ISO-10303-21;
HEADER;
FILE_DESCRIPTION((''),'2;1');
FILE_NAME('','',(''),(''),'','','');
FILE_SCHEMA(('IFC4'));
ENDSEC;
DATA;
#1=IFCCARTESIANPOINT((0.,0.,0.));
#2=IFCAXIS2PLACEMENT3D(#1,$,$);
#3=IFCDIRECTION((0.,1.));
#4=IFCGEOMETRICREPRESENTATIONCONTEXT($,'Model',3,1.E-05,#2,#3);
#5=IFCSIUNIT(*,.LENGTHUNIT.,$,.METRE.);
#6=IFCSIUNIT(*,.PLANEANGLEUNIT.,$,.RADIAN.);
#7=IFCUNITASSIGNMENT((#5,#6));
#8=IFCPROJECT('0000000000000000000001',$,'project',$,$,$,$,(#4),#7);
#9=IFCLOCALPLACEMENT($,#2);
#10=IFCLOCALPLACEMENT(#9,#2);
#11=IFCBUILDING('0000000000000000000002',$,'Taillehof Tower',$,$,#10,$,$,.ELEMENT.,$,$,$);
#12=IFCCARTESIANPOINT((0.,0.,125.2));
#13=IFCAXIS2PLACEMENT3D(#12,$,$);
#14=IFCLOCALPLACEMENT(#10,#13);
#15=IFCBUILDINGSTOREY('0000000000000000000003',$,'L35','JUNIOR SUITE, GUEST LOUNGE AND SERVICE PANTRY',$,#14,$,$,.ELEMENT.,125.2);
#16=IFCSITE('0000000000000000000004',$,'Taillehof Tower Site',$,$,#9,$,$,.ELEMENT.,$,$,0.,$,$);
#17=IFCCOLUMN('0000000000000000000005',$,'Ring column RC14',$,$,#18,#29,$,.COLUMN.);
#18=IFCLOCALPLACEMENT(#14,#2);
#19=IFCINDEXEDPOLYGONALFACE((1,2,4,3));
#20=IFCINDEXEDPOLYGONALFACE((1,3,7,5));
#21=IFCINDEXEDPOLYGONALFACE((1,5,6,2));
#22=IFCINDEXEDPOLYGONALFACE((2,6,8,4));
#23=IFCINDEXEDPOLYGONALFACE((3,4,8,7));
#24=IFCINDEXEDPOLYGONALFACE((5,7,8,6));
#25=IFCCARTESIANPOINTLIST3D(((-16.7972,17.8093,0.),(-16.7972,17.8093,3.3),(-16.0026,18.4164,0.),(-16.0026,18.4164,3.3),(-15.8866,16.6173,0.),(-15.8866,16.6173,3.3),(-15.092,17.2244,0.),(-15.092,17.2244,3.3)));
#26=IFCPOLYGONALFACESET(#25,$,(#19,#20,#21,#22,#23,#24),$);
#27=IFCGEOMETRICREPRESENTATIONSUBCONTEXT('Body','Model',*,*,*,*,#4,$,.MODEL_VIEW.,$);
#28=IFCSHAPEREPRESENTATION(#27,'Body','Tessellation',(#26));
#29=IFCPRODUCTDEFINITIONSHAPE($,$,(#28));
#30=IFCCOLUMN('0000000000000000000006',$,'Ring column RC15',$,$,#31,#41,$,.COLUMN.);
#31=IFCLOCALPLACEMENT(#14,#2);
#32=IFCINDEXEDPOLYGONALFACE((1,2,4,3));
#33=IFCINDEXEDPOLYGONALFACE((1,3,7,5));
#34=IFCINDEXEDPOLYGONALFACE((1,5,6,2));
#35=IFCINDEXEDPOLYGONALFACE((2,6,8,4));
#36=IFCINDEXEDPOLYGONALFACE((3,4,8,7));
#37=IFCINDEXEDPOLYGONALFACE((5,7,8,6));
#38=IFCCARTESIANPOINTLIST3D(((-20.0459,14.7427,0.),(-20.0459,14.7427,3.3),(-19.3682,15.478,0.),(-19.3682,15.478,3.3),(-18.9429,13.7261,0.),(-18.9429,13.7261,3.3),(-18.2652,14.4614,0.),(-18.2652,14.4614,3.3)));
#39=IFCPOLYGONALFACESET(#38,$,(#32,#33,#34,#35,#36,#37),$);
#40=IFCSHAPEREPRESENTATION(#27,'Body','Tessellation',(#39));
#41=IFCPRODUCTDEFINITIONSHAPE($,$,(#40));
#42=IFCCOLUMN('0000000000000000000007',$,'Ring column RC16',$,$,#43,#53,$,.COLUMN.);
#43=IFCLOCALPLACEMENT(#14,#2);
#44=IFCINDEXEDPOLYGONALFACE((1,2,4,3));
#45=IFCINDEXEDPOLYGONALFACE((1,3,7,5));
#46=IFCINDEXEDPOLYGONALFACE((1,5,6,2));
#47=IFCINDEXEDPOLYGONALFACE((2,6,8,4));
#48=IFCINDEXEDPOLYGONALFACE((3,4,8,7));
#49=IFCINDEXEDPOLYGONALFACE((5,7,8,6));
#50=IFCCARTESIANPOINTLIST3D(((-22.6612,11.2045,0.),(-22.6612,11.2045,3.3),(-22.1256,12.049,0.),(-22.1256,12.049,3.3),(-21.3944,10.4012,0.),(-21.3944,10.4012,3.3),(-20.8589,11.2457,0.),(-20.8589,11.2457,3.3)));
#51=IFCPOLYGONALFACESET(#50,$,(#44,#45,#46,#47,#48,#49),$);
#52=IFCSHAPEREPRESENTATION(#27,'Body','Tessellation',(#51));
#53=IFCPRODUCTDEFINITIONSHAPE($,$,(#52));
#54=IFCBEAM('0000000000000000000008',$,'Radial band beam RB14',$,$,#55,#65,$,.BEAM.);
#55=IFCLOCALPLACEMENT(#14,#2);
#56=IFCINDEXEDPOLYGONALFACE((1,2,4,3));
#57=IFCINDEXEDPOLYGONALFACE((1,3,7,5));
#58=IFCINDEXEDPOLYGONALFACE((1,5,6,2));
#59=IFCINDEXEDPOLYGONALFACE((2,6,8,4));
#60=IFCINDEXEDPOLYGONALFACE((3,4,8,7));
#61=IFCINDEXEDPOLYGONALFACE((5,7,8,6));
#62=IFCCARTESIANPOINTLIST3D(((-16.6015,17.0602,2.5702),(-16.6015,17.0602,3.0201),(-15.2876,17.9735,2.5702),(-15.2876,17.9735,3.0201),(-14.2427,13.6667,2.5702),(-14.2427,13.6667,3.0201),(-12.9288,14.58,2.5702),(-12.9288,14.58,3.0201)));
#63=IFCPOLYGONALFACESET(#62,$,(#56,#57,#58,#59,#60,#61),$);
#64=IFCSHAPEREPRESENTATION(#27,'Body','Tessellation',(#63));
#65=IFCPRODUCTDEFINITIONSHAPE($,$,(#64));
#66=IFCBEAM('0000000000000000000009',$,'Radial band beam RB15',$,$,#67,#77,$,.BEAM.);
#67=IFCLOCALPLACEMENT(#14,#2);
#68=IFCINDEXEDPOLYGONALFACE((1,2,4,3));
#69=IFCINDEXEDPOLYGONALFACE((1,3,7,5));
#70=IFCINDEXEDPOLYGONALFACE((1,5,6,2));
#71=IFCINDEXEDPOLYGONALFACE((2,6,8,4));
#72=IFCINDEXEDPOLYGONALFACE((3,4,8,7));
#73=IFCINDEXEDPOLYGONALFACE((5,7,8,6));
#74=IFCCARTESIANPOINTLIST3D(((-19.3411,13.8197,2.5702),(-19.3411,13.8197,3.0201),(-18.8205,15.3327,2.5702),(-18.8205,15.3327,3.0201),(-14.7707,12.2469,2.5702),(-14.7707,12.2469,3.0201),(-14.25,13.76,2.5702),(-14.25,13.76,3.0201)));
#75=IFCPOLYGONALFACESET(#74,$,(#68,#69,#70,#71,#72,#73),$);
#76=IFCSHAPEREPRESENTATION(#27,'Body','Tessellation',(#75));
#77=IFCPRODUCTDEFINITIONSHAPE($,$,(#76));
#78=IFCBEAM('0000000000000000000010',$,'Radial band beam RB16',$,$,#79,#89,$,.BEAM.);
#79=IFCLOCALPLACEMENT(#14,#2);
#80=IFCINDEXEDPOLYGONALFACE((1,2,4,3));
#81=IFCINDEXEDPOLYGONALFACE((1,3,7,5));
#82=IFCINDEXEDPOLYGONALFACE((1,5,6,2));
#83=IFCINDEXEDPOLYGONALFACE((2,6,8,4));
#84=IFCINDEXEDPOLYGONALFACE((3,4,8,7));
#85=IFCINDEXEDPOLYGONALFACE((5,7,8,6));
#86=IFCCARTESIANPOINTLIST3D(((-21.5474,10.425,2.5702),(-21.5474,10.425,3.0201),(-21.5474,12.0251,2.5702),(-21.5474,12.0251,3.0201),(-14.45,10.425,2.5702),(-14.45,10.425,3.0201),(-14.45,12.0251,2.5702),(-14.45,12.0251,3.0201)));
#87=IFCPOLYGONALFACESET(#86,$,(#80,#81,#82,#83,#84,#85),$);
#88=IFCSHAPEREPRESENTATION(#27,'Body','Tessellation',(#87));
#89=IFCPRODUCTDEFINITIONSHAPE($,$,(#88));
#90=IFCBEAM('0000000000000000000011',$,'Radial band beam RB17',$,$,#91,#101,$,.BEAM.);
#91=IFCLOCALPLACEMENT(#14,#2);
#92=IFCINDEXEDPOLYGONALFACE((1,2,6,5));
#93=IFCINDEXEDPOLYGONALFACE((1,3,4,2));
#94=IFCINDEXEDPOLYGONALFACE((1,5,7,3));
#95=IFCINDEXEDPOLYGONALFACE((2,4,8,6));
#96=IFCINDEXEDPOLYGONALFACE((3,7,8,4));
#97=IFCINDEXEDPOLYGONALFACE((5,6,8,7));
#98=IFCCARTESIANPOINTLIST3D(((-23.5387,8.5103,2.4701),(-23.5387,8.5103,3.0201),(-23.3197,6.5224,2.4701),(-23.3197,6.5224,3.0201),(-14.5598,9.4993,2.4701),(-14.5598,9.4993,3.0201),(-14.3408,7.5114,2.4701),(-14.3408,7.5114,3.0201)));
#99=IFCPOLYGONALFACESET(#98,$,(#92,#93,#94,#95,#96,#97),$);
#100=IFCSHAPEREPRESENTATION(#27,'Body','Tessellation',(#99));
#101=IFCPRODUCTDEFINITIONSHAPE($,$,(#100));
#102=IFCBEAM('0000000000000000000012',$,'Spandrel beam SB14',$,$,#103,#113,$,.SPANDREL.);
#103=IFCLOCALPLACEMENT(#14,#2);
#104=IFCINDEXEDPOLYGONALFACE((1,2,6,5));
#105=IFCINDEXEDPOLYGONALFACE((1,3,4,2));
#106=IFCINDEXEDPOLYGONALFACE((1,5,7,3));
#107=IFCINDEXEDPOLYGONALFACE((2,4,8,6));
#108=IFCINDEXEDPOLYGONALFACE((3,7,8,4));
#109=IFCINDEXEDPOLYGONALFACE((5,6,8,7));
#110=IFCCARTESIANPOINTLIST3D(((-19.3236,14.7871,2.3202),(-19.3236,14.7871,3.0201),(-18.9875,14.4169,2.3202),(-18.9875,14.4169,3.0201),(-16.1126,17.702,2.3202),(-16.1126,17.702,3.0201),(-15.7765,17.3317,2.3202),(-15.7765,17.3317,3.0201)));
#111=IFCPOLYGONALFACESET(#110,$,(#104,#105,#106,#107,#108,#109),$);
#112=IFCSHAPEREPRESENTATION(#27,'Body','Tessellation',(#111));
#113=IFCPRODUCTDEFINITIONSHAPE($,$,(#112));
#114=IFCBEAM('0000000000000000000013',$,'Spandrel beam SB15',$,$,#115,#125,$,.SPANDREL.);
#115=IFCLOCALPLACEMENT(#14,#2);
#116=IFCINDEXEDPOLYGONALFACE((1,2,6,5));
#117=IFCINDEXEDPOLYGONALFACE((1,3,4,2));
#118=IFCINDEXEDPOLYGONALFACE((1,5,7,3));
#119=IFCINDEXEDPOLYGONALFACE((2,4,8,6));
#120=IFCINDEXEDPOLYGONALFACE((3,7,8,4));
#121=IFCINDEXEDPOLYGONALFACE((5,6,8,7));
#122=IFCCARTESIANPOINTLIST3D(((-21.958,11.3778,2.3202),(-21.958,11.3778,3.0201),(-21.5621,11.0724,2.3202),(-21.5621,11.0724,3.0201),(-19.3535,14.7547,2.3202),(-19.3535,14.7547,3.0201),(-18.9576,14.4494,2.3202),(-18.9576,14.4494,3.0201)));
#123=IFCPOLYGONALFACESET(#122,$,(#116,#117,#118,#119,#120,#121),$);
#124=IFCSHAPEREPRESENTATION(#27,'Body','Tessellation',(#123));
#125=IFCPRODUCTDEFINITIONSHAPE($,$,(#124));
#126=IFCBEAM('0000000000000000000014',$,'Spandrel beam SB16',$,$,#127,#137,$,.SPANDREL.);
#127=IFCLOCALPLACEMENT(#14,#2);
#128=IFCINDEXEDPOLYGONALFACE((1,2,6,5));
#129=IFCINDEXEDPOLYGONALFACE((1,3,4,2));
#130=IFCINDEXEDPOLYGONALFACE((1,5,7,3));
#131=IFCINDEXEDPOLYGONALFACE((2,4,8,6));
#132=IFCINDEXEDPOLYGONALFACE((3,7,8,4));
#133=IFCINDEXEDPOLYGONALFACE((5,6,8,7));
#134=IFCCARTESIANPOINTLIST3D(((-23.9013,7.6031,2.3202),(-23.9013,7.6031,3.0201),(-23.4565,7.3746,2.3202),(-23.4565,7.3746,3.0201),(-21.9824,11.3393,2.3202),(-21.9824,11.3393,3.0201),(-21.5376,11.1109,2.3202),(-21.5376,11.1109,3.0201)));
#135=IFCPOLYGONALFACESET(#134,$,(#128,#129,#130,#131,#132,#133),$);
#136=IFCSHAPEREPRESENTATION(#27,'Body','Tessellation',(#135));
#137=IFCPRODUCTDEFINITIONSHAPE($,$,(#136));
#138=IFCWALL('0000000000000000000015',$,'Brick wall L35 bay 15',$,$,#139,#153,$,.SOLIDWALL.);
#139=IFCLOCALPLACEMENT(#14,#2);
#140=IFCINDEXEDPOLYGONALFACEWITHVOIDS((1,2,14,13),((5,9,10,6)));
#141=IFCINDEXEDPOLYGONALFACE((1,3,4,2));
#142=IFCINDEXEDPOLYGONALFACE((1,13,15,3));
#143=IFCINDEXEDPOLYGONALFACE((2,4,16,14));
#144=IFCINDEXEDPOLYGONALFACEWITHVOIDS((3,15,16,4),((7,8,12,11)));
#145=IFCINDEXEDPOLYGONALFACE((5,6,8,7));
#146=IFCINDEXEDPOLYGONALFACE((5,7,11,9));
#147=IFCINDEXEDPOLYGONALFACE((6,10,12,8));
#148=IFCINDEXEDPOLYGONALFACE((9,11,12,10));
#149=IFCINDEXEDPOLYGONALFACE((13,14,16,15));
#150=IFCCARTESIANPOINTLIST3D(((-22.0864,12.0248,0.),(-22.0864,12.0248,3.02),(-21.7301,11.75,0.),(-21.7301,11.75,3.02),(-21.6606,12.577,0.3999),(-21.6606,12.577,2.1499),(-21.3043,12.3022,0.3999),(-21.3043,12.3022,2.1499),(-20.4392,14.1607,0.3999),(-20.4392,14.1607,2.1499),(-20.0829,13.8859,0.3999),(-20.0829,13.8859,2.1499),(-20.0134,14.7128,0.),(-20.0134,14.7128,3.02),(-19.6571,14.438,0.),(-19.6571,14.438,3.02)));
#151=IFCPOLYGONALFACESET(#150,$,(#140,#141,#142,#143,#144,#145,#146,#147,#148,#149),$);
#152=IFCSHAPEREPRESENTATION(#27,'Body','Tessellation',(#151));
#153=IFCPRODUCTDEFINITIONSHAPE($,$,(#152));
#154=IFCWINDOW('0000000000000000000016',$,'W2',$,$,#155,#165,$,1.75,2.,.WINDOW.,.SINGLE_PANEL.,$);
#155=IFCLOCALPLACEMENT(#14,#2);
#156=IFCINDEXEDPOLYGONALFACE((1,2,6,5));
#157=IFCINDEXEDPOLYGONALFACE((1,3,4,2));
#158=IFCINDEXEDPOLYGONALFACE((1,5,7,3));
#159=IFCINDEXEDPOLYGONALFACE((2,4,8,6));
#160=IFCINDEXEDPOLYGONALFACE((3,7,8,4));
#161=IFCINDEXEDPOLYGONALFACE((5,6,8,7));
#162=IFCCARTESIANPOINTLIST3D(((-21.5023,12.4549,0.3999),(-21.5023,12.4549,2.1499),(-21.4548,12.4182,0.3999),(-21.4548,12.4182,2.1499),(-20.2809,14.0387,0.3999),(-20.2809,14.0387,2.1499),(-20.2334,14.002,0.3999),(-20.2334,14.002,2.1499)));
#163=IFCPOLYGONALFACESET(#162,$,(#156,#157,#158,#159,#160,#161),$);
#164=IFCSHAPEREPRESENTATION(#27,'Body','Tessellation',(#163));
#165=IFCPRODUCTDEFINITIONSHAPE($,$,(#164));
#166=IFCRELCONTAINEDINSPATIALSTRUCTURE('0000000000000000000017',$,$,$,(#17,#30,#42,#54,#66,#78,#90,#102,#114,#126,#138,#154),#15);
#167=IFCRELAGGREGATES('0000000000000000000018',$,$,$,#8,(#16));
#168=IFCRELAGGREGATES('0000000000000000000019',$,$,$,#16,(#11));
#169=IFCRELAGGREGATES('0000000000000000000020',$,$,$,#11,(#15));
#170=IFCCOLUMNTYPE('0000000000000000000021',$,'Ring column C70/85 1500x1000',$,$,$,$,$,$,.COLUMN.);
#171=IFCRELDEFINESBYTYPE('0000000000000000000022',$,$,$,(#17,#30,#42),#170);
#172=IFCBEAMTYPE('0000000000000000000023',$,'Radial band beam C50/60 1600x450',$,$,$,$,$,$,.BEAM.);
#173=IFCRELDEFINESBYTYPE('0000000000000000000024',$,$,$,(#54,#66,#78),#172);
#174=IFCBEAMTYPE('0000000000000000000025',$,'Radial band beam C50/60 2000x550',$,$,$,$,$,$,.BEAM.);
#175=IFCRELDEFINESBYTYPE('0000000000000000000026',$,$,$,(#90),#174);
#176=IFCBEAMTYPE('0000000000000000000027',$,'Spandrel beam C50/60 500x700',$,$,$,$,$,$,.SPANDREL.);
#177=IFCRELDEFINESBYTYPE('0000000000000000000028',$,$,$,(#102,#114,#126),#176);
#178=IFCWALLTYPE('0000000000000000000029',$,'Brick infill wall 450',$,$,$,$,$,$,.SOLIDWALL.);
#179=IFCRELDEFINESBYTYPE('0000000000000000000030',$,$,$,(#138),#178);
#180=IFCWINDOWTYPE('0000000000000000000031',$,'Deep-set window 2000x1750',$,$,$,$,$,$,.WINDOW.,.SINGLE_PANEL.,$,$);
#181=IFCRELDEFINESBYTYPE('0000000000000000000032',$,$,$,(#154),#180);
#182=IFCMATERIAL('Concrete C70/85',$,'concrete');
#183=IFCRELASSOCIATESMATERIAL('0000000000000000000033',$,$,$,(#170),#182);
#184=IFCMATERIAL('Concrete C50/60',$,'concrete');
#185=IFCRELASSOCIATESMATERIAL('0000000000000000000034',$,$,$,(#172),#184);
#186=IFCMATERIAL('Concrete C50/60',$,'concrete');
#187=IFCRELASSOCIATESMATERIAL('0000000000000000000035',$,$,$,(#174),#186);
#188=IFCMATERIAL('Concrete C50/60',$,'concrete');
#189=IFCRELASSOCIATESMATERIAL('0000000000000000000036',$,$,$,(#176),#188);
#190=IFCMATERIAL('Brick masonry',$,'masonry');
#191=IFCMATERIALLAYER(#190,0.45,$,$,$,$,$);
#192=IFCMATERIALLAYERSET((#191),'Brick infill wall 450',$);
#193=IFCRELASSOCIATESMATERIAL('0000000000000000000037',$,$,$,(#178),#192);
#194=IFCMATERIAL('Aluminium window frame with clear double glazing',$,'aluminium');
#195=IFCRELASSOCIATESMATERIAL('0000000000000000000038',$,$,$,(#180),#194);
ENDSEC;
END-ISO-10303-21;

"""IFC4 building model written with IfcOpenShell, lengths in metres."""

from ifc_helpers import new_model, si_unit, direction, frame, frame_2d, origin, origin_2d, place, context, subcontext, project, spatial, rectangle, extrude, material, layer, layer_set, material_profile, profile_set, type_object, element, fill, save


model = new_model("IFC4")

# Units and contexts
model_context = context("Model", 3, precision=1e-05, world=origin(), true_north=direction((0.0, 1.0)))
body_context = subcontext(model_context, "Body", "Model", "MODEL_VIEW")
ifc_project = project(units=[si_unit("LENGTHUNIT", "METRE"), si_unit("PLANEANGLEUNIT", "RADIAN")], contexts=[model_context])

# Site, building, storey
site_placement = place(None, origin())
site = spatial("IfcSite", under=ifc_project, at=site_placement, Name="Taillehof Tower Site", CompositionType="ELEMENT", RefElevation=0.0)
building_placement = place(site_placement, origin())
building = spatial("IfcBuilding", under=site, at=building_placement, Name="Taillehof Tower", CompositionType="ELEMENT")
storey_placement = place(building_placement, frame((0.0, 0.0, 125.2)))
storey = spatial("IfcBuildingStorey", under=building, at=storey_placement, Name="L35", Description="JUNIOR SUITE, GUEST LOUNGE AND SERVICE PANTRY", CompositionType="ELEMENT", Elevation=125.2)

# Columns
ifc_material_1 = material(Name="Concrete C70/85", Category="concrete")
ifc_material_profile_1 = material_profile(ifc_material_1, rectangle(XDim=1.5, YDim=1.0, at=origin_2d()), Name="RC 1500x1000")
ifc_profile_set_1 = profile_set([ifc_material_profile_1], Name="Concrete C70/85")
column_type = type_object("IfcColumnType", Name="Ring column C70/85 1500x1000", PredefinedType="COLUMN", material=ifc_profile_set_1)
for number, where, z_axis, x_axis, name in (
    (1, (-15.9446, 17.5168, 0.0), (0.0, 0.0, 1.0), (-0.607074, 0.794645, 0.0), "Ring column RC14"),
    (2, (-19.1555, 14.6021, 0.0), (0.0, 0.0, 1.0), (-0.735332, 0.677707, 0.0), "Ring column RC15"),
    (3, (-21.76, 11.2251, 0.0), (0.0, 0.0, 1.0), (-0.844511, 0.535537, 0.0), "Ring column RC16"),
):
    element("IfcColumn", number, at=place(storey_placement, frame(where, z_axis=z_axis, x_axis=x_axis)), inside=storey, type_object=column_type, Name=name, PredefinedType="COLUMN", context=body_context, shape_type="SweptSolid", body=[
        extrude(rectangle(XDim=1.5, YDim=1.0, at=origin_2d()), origin(), (0.0, 0.0, 1.0), 3.3),
    ])

# Beams
ifc_material_2 = material(Name="Concrete C50/60", Category="concrete")
ifc_material_profile_2 = material_profile(ifc_material_2, rectangle(XDim=1.6001, YDim=0.45, at=origin_2d()), Name="RC 1600x450")
ifc_profile_set_2 = profile_set([ifc_material_profile_2], Name="Concrete C50/60")
beam_type_1 = type_object("IfcBeamType", Name="Radial band beam C50/60 1600x450", PredefinedType="BEAM", material=ifc_profile_set_2)
beam_1_placement = place(storey_placement, frame((-15.9446, 17.5168, 2.7952), z_axis=(0.570763, -0.821115, 0.0), x_axis=(0.821115, 0.570763, 0.0)))
element("IfcBeam", 4, at=beam_1_placement, inside=storey, type_object=beam_type_1, Name="Radial band beam RB14", PredefinedType="BEAM", context=body_context, shape_type="SweptSolid", body=[
    extrude(rectangle(XDim=1.6001, YDim=0.45, at=origin_2d()), origin(), (0.0, 0.0, 1.0), 4.1328),
])
beam_2_placement = place(storey_placement, frame((-19.0808, 14.5762, 2.7952), z_axis=(0.945583, -0.32538, 0.0), x_axis=(0.32538, 0.945583, 0.0)))
element("IfcBeam", 5, at=beam_2_placement, inside=storey, type_object=beam_type_1, Name="Radial band beam RB15", PredefinedType="BEAM", context=body_context, shape_type="SweptSolid", body=[
    extrude(rectangle(XDim=1.6001, YDim=0.45, at=origin_2d()), origin(), (0.0, 0.0, 1.0), 4.8335),
])
beam_3_placement = place(storey_placement, frame((-21.5474, 11.2251, 2.7952), z_axis=(1.0, 0.0, 0.0), x_axis=(0.0, 1.0, 0.0)))
element("IfcBeam", 6, at=beam_3_placement, inside=storey, type_object=beam_type_1, Name="Radial band beam RB16", PredefinedType="BEAM", context=body_context, shape_type="SweptSolid", body=[
    extrude(rectangle(XDim=1.6001, YDim=0.45, at=origin_2d()), origin(), (0.0, 0.0, 1.0), 7.0974),
])
ifc_material_3 = material(Name="Concrete C50/60", Category="concrete")
ifc_material_profile_3 = material_profile(ifc_material_3, rectangle(XDim=2.0, YDim=0.55, at=origin_2d()), Name="RC 2000x550")
ifc_profile_set_3 = profile_set([ifc_material_profile_3], Name="Concrete C50/60")
beam_type_2 = type_object("IfcBeamType", Name="Radial band beam C50/60 2000x550", PredefinedType="BEAM", material=ifc_profile_set_3)
beam_4_placement = place(storey_placement, frame((-23.4292, 7.5164, 2.7451), z_axis=(0.993988, 0.109485, 0.0), x_axis=(-0.109485, 0.993988, 0.0)))
element("IfcBeam", 7, at=beam_4_placement, inside=storey, type_object=beam_type_2, Name="Radial band beam RB17", PredefinedType="BEAM", context=body_context, shape_type="SweptSolid", body=[
    extrude(rectangle(XDim=2.0, YDim=0.55, at=origin_2d()), origin(), (0.0, 0.0, 1.0), 9.0332),
])
ifc_material_4 = material(Name="Concrete C50/60", Category="concrete")
ifc_material_profile_4 = material_profile(ifc_material_4, rectangle(XDim=0.5, YDim=0.7, at=origin_2d()), Name="RC 500x700")
ifc_profile_set_4 = profile_set([ifc_material_profile_4], Name="Concrete C50/60")
beam_type_3 = type_object("IfcBeamType", Name="Spandrel beam C50/60 500x700", PredefinedType="SPANDREL", material=ifc_profile_set_4)
beam_5_placement = place(storey_placement, frame((-15.9446, 17.5168, 2.6702), z_axis=(-0.740426, -0.672137, 0.0), x_axis=(0.672137, -0.740426, 0.0)))
element("IfcBeam", 8, at=beam_5_placement, inside=storey, type_object=beam_type_3, Name="Spandrel beam SB14", PredefinedType="SPANDREL", context=body_context, shape_type="SweptSolid", body=[
    extrude(rectangle(XDim=0.5, YDim=0.7, at=origin_2d()), origin(), (0.0, 0.0, 1.0), 4.3367),
])
beam_6_placement = place(storey_placement, frame((-19.1555, 14.6021, 2.6702), z_axis=(-0.610717, -0.791849, 0.0), x_axis=(0.791849, -0.610717, 0.0)))
element("IfcBeam", 9, at=beam_6_placement, inside=storey, type_object=beam_type_3, Name="Spandrel beam SB15", PredefinedType="SPANDREL", context=body_context, shape_type="SweptSolid", body=[
    extrude(rectangle(XDim=0.5, YDim=0.7, at=origin_2d()), origin(), (0.0, 0.0, 1.0), 4.2646),
])
beam_7_placement = place(storey_placement, frame((-21.76, 11.2251, 2.6702), z_axis=(-0.456859, -0.889539, 0.0), x_axis=(0.889539, -0.456859, 0.0)))
element("IfcBeam", 10, at=beam_7_placement, inside=storey, type_object=beam_type_3, Name="Spandrel beam SB16", PredefinedType="SPANDREL", context=body_context, shape_type="SweptSolid", body=[
    extrude(rectangle(XDim=0.5, YDim=0.7, at=origin_2d()), origin(), (0.0, 0.0, 1.0), 4.2002),
])

# Wall, opening, window
ifc_material_5 = material(Name="Brick masonry", Category="masonry")
ifc_layer_1 = layer(ifc_material_5, 0.45)
ifc_layer_set_1 = layer_set([ifc_layer_1], Name="Brick infill wall 450")
wall_type_1 = type_object("IfcWallType", Name="Brick infill wall 450", PredefinedType="SOLIDWALL", material=ifc_layer_set_1)
wall_1_placement = place(storey_placement, frame((-19.8352, 14.5754, 0.0), z_axis=(0.0, 0.0, 1.0), x_axis=(-0.610694, -0.791867, 0.0)))
wall_1 = element("IfcWall", 11, at=wall_1_placement, inside=storey, type_object=wall_type_1, Name="Brick wall L35 bay 15", PredefinedType="SOLIDWALL", context=body_context, shape_type="SweptSolid", body=[
    extrude(rectangle(XDim=3.3945, YDim=0.45, at=frame_2d((1.6973, 0.0))), origin(), (0.0, 0.0, 1.0), 3.02),
])
opening_1_placement = place(wall_1_placement, frame((0.6973, 0.0, 0.3999)))
opening_1 = element("IfcOpeningElement", 12, at=opening_1_placement, cuts=wall_1, PredefinedType="OPENING", context=body_context, shape_type="SweptSolid", body=[
    extrude(rectangle(XDim=2.0, YDim=1.75, at=frame_2d((1.0, 0.875))), frame((0.0, 0.2349, 0.0), z_axis=(0.0, -1.0, 0.0), x_axis=(1.0, 0.0, 0.0)), (0.0, 0.0, 1.0), 0.47),
])
ifc_material_6 = material(Name="Aluminium window frame with clear double glazing", Category="aluminium")
window_type_1 = type_object("IfcWindowType", Name="Deep-set window 2000x1750", PartitioningType="SINGLE_PANEL", PredefinedType="WINDOW", material=ifc_material_6)
window_1_placement = place(opening_1_placement, origin())
window_1 = element("IfcWindow", 13, at=window_1_placement, inside=storey, type_object=window_type_1, Name="W2", OverallHeight=1.75, OverallWidth=2.0, PartitioningType="SINGLE_PANEL", PredefinedType="WINDOW", context=body_context, shape_type="SweptSolid", body=[
    extrude(rectangle(XDim=2.0, YDim=1.75, at=frame_2d((1.0, 0.875))), frame((0.0, 0.0349, 0.0), z_axis=(0.0, -1.0, 0.0), x_axis=(1.0, 0.0, 0.0)), (0.0, 0.0, 1.0), 0.0601),
])
fill(opening_1, window_1)

save(model, "model.ifc")
